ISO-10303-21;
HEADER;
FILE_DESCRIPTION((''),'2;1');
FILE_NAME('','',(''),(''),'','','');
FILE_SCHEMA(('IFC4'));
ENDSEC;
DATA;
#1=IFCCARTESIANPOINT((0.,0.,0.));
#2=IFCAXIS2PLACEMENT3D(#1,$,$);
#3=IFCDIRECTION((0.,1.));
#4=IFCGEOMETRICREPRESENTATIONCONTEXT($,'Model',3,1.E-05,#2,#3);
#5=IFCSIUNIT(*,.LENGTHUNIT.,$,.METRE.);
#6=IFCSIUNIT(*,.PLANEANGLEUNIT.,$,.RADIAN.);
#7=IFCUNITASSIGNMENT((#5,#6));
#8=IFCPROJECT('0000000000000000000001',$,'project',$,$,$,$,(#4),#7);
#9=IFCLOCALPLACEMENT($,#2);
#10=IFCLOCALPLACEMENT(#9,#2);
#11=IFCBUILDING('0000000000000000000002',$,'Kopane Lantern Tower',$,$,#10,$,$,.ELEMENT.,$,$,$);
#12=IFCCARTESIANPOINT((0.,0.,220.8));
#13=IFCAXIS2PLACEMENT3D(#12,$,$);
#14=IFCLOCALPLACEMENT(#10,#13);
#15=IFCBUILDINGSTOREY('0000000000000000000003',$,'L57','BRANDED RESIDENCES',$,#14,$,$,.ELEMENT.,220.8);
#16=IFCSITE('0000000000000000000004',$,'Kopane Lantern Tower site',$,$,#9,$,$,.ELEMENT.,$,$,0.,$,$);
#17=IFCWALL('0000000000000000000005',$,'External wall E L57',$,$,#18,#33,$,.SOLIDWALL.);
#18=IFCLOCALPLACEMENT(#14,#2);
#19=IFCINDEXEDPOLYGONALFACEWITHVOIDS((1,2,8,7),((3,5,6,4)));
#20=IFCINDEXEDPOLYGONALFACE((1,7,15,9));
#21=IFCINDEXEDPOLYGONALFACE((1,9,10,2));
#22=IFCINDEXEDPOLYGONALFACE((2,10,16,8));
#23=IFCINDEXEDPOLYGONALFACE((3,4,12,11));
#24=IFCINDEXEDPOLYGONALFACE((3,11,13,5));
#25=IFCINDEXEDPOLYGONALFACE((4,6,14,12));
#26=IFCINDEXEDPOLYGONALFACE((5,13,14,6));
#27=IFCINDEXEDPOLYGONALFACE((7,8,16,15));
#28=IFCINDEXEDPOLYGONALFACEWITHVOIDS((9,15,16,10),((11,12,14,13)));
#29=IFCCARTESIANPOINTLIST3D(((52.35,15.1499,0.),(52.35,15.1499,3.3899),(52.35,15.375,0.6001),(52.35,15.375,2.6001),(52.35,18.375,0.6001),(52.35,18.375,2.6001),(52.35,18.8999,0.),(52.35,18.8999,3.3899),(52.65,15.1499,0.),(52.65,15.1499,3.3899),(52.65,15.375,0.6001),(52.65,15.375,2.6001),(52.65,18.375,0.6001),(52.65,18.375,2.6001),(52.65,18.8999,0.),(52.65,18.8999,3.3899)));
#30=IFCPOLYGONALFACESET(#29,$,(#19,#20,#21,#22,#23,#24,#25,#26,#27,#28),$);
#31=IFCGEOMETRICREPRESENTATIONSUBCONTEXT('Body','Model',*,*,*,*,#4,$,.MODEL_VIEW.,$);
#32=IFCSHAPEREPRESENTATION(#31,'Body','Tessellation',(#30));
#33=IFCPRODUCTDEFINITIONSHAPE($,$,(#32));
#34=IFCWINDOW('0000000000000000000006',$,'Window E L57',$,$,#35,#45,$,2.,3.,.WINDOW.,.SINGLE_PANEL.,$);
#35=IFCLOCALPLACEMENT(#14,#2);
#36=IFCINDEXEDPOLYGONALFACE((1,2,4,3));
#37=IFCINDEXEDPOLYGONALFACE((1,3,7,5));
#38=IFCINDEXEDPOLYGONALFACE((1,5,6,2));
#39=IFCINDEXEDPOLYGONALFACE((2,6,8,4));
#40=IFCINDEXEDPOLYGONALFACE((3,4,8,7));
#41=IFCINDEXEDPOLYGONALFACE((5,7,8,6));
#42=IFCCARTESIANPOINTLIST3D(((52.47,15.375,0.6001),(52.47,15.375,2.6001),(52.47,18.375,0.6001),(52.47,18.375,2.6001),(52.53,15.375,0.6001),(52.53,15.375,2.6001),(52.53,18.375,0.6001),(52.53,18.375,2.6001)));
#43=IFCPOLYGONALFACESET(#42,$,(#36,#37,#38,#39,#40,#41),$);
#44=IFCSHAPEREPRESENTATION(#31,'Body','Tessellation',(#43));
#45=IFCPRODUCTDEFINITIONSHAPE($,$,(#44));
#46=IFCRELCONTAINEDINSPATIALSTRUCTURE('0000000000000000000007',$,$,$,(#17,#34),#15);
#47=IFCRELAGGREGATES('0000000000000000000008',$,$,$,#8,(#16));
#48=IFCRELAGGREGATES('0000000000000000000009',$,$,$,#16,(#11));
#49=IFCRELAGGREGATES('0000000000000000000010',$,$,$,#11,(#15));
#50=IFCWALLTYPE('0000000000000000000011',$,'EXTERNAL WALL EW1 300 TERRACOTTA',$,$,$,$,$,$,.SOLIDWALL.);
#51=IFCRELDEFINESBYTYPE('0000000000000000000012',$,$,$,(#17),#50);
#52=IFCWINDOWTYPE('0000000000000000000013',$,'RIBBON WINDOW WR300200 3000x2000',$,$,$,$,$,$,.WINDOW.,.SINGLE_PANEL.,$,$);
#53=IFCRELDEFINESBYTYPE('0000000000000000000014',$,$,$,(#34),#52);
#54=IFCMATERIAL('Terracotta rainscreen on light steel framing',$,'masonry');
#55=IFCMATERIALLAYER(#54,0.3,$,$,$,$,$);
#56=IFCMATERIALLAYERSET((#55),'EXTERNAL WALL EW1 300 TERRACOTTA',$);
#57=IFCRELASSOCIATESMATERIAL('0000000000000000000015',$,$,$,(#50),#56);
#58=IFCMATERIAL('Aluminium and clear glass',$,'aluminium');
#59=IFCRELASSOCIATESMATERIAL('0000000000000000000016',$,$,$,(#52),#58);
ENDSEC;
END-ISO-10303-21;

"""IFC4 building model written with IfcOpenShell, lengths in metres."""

from ifc_helpers import new_model, si_unit, direction, frame, frame_2d, origin, place, context, subcontext, project, spatial, rectangle, extrude, material, layer, layer_set, type_object, element, fill, save


model = new_model("IFC4")

# Units and contexts
model_context = context("Model", 3, precision=1e-05, world=origin(), true_north=direction((0.0, 1.0)))
body_context = subcontext(model_context, "Body", "Model", "MODEL_VIEW")
ifc_project = project(units=[si_unit("LENGTHUNIT", "METRE"), si_unit("PLANEANGLEUNIT", "RADIAN")], contexts=[model_context])

# Site, building, storey
site_placement = place(None, origin())
site = spatial("IfcSite", under=ifc_project, at=site_placement, Name="Kopane Lantern Tower site", CompositionType="ELEMENT", RefElevation=0.0)
building_placement = place(site_placement, origin())
building = spatial("IfcBuilding", under=site, at=building_placement, Name="Kopane Lantern Tower", CompositionType="ELEMENT")
storey_placement = place(building_placement, frame((0.0, 0.0, 220.8)))
storey = spatial("IfcBuildingStorey", under=building, at=storey_placement, Name="L57", Description="BRANDED RESIDENCES", CompositionType="ELEMENT", Elevation=220.8)

# Wall, opening, window
ifc_material_1 = material(Name="Terracotta rainscreen on light steel framing", Category="masonry")
ifc_layer_1 = layer(ifc_material_1, 0.3)
ifc_layer_set_1 = layer_set([ifc_layer_1], Name="EXTERNAL WALL EW1 300 TERRACOTTA")
wall_type_1 = type_object("IfcWallType", Name="EXTERNAL WALL EW1 300 TERRACOTTA", PredefinedType="SOLIDWALL", material=ifc_layer_set_1)
wall_1_placement = place(storey_placement, frame((52.5, 15.1499, 0.0), z_axis=(0.0, 0.0, 1.0), x_axis=(0.0, 1.0, 0.0)))
wall_1 = element("IfcWall", 1, at=wall_1_placement, inside=storey, type_object=wall_type_1, Name="External wall E L57", PredefinedType="SOLIDWALL", context=body_context, shape_type="SweptSolid", body=[
    extrude(rectangle(XDim=3.75, YDim=0.3, at=frame_2d((1.875, 0.0))), origin(), (0.0, 0.0, 1.0), 3.3899),
])
opening_1_placement = place(wall_1_placement, frame((0.2251, 0.0, 0.6001)))
opening_1 = element("IfcOpeningElement", 2, at=opening_1_placement, cuts=wall_1, PredefinedType="OPENING", context=body_context, shape_type="SweptSolid", body=[
    extrude(rectangle(XDim=3.0, YDim=2.0, at=frame_2d((1.5, 1.0))), frame((0.0, 0.1599, 0.0), z_axis=(0.0, -1.0, 0.0), x_axis=(1.0, 0.0, 0.0)), (0.0, 0.0, 1.0), 0.3201),
])
ifc_material_2 = material(Name="Aluminium and clear glass", Category="aluminium")
window_type = type_object("IfcWindowType", Name="RIBBON WINDOW WR300200 3000x2000", PartitioningType="SINGLE_PANEL", PredefinedType="WINDOW", material=ifc_material_2)
window_placement = place(opening_1_placement, origin())
window = element("IfcWindow", 3, at=window_placement, inside=storey, type_object=window_type, Name="Window E L57", OverallHeight=2.0, OverallWidth=3.0, PartitioningType="SINGLE_PANEL", PredefinedType="WINDOW", context=body_context, shape_type="SweptSolid", body=[
    extrude(rectangle(XDim=3.0, YDim=2.0, at=frame_2d((1.5, 1.0))), frame((0.0, 0.03, 0.0), z_axis=(0.0, -1.0, 0.0), x_axis=(1.0, 0.0, 0.0)), (0.0, 0.0, 1.0), 0.0601),
])
fill(opening_1, window)

save(model, "model.ifc")
